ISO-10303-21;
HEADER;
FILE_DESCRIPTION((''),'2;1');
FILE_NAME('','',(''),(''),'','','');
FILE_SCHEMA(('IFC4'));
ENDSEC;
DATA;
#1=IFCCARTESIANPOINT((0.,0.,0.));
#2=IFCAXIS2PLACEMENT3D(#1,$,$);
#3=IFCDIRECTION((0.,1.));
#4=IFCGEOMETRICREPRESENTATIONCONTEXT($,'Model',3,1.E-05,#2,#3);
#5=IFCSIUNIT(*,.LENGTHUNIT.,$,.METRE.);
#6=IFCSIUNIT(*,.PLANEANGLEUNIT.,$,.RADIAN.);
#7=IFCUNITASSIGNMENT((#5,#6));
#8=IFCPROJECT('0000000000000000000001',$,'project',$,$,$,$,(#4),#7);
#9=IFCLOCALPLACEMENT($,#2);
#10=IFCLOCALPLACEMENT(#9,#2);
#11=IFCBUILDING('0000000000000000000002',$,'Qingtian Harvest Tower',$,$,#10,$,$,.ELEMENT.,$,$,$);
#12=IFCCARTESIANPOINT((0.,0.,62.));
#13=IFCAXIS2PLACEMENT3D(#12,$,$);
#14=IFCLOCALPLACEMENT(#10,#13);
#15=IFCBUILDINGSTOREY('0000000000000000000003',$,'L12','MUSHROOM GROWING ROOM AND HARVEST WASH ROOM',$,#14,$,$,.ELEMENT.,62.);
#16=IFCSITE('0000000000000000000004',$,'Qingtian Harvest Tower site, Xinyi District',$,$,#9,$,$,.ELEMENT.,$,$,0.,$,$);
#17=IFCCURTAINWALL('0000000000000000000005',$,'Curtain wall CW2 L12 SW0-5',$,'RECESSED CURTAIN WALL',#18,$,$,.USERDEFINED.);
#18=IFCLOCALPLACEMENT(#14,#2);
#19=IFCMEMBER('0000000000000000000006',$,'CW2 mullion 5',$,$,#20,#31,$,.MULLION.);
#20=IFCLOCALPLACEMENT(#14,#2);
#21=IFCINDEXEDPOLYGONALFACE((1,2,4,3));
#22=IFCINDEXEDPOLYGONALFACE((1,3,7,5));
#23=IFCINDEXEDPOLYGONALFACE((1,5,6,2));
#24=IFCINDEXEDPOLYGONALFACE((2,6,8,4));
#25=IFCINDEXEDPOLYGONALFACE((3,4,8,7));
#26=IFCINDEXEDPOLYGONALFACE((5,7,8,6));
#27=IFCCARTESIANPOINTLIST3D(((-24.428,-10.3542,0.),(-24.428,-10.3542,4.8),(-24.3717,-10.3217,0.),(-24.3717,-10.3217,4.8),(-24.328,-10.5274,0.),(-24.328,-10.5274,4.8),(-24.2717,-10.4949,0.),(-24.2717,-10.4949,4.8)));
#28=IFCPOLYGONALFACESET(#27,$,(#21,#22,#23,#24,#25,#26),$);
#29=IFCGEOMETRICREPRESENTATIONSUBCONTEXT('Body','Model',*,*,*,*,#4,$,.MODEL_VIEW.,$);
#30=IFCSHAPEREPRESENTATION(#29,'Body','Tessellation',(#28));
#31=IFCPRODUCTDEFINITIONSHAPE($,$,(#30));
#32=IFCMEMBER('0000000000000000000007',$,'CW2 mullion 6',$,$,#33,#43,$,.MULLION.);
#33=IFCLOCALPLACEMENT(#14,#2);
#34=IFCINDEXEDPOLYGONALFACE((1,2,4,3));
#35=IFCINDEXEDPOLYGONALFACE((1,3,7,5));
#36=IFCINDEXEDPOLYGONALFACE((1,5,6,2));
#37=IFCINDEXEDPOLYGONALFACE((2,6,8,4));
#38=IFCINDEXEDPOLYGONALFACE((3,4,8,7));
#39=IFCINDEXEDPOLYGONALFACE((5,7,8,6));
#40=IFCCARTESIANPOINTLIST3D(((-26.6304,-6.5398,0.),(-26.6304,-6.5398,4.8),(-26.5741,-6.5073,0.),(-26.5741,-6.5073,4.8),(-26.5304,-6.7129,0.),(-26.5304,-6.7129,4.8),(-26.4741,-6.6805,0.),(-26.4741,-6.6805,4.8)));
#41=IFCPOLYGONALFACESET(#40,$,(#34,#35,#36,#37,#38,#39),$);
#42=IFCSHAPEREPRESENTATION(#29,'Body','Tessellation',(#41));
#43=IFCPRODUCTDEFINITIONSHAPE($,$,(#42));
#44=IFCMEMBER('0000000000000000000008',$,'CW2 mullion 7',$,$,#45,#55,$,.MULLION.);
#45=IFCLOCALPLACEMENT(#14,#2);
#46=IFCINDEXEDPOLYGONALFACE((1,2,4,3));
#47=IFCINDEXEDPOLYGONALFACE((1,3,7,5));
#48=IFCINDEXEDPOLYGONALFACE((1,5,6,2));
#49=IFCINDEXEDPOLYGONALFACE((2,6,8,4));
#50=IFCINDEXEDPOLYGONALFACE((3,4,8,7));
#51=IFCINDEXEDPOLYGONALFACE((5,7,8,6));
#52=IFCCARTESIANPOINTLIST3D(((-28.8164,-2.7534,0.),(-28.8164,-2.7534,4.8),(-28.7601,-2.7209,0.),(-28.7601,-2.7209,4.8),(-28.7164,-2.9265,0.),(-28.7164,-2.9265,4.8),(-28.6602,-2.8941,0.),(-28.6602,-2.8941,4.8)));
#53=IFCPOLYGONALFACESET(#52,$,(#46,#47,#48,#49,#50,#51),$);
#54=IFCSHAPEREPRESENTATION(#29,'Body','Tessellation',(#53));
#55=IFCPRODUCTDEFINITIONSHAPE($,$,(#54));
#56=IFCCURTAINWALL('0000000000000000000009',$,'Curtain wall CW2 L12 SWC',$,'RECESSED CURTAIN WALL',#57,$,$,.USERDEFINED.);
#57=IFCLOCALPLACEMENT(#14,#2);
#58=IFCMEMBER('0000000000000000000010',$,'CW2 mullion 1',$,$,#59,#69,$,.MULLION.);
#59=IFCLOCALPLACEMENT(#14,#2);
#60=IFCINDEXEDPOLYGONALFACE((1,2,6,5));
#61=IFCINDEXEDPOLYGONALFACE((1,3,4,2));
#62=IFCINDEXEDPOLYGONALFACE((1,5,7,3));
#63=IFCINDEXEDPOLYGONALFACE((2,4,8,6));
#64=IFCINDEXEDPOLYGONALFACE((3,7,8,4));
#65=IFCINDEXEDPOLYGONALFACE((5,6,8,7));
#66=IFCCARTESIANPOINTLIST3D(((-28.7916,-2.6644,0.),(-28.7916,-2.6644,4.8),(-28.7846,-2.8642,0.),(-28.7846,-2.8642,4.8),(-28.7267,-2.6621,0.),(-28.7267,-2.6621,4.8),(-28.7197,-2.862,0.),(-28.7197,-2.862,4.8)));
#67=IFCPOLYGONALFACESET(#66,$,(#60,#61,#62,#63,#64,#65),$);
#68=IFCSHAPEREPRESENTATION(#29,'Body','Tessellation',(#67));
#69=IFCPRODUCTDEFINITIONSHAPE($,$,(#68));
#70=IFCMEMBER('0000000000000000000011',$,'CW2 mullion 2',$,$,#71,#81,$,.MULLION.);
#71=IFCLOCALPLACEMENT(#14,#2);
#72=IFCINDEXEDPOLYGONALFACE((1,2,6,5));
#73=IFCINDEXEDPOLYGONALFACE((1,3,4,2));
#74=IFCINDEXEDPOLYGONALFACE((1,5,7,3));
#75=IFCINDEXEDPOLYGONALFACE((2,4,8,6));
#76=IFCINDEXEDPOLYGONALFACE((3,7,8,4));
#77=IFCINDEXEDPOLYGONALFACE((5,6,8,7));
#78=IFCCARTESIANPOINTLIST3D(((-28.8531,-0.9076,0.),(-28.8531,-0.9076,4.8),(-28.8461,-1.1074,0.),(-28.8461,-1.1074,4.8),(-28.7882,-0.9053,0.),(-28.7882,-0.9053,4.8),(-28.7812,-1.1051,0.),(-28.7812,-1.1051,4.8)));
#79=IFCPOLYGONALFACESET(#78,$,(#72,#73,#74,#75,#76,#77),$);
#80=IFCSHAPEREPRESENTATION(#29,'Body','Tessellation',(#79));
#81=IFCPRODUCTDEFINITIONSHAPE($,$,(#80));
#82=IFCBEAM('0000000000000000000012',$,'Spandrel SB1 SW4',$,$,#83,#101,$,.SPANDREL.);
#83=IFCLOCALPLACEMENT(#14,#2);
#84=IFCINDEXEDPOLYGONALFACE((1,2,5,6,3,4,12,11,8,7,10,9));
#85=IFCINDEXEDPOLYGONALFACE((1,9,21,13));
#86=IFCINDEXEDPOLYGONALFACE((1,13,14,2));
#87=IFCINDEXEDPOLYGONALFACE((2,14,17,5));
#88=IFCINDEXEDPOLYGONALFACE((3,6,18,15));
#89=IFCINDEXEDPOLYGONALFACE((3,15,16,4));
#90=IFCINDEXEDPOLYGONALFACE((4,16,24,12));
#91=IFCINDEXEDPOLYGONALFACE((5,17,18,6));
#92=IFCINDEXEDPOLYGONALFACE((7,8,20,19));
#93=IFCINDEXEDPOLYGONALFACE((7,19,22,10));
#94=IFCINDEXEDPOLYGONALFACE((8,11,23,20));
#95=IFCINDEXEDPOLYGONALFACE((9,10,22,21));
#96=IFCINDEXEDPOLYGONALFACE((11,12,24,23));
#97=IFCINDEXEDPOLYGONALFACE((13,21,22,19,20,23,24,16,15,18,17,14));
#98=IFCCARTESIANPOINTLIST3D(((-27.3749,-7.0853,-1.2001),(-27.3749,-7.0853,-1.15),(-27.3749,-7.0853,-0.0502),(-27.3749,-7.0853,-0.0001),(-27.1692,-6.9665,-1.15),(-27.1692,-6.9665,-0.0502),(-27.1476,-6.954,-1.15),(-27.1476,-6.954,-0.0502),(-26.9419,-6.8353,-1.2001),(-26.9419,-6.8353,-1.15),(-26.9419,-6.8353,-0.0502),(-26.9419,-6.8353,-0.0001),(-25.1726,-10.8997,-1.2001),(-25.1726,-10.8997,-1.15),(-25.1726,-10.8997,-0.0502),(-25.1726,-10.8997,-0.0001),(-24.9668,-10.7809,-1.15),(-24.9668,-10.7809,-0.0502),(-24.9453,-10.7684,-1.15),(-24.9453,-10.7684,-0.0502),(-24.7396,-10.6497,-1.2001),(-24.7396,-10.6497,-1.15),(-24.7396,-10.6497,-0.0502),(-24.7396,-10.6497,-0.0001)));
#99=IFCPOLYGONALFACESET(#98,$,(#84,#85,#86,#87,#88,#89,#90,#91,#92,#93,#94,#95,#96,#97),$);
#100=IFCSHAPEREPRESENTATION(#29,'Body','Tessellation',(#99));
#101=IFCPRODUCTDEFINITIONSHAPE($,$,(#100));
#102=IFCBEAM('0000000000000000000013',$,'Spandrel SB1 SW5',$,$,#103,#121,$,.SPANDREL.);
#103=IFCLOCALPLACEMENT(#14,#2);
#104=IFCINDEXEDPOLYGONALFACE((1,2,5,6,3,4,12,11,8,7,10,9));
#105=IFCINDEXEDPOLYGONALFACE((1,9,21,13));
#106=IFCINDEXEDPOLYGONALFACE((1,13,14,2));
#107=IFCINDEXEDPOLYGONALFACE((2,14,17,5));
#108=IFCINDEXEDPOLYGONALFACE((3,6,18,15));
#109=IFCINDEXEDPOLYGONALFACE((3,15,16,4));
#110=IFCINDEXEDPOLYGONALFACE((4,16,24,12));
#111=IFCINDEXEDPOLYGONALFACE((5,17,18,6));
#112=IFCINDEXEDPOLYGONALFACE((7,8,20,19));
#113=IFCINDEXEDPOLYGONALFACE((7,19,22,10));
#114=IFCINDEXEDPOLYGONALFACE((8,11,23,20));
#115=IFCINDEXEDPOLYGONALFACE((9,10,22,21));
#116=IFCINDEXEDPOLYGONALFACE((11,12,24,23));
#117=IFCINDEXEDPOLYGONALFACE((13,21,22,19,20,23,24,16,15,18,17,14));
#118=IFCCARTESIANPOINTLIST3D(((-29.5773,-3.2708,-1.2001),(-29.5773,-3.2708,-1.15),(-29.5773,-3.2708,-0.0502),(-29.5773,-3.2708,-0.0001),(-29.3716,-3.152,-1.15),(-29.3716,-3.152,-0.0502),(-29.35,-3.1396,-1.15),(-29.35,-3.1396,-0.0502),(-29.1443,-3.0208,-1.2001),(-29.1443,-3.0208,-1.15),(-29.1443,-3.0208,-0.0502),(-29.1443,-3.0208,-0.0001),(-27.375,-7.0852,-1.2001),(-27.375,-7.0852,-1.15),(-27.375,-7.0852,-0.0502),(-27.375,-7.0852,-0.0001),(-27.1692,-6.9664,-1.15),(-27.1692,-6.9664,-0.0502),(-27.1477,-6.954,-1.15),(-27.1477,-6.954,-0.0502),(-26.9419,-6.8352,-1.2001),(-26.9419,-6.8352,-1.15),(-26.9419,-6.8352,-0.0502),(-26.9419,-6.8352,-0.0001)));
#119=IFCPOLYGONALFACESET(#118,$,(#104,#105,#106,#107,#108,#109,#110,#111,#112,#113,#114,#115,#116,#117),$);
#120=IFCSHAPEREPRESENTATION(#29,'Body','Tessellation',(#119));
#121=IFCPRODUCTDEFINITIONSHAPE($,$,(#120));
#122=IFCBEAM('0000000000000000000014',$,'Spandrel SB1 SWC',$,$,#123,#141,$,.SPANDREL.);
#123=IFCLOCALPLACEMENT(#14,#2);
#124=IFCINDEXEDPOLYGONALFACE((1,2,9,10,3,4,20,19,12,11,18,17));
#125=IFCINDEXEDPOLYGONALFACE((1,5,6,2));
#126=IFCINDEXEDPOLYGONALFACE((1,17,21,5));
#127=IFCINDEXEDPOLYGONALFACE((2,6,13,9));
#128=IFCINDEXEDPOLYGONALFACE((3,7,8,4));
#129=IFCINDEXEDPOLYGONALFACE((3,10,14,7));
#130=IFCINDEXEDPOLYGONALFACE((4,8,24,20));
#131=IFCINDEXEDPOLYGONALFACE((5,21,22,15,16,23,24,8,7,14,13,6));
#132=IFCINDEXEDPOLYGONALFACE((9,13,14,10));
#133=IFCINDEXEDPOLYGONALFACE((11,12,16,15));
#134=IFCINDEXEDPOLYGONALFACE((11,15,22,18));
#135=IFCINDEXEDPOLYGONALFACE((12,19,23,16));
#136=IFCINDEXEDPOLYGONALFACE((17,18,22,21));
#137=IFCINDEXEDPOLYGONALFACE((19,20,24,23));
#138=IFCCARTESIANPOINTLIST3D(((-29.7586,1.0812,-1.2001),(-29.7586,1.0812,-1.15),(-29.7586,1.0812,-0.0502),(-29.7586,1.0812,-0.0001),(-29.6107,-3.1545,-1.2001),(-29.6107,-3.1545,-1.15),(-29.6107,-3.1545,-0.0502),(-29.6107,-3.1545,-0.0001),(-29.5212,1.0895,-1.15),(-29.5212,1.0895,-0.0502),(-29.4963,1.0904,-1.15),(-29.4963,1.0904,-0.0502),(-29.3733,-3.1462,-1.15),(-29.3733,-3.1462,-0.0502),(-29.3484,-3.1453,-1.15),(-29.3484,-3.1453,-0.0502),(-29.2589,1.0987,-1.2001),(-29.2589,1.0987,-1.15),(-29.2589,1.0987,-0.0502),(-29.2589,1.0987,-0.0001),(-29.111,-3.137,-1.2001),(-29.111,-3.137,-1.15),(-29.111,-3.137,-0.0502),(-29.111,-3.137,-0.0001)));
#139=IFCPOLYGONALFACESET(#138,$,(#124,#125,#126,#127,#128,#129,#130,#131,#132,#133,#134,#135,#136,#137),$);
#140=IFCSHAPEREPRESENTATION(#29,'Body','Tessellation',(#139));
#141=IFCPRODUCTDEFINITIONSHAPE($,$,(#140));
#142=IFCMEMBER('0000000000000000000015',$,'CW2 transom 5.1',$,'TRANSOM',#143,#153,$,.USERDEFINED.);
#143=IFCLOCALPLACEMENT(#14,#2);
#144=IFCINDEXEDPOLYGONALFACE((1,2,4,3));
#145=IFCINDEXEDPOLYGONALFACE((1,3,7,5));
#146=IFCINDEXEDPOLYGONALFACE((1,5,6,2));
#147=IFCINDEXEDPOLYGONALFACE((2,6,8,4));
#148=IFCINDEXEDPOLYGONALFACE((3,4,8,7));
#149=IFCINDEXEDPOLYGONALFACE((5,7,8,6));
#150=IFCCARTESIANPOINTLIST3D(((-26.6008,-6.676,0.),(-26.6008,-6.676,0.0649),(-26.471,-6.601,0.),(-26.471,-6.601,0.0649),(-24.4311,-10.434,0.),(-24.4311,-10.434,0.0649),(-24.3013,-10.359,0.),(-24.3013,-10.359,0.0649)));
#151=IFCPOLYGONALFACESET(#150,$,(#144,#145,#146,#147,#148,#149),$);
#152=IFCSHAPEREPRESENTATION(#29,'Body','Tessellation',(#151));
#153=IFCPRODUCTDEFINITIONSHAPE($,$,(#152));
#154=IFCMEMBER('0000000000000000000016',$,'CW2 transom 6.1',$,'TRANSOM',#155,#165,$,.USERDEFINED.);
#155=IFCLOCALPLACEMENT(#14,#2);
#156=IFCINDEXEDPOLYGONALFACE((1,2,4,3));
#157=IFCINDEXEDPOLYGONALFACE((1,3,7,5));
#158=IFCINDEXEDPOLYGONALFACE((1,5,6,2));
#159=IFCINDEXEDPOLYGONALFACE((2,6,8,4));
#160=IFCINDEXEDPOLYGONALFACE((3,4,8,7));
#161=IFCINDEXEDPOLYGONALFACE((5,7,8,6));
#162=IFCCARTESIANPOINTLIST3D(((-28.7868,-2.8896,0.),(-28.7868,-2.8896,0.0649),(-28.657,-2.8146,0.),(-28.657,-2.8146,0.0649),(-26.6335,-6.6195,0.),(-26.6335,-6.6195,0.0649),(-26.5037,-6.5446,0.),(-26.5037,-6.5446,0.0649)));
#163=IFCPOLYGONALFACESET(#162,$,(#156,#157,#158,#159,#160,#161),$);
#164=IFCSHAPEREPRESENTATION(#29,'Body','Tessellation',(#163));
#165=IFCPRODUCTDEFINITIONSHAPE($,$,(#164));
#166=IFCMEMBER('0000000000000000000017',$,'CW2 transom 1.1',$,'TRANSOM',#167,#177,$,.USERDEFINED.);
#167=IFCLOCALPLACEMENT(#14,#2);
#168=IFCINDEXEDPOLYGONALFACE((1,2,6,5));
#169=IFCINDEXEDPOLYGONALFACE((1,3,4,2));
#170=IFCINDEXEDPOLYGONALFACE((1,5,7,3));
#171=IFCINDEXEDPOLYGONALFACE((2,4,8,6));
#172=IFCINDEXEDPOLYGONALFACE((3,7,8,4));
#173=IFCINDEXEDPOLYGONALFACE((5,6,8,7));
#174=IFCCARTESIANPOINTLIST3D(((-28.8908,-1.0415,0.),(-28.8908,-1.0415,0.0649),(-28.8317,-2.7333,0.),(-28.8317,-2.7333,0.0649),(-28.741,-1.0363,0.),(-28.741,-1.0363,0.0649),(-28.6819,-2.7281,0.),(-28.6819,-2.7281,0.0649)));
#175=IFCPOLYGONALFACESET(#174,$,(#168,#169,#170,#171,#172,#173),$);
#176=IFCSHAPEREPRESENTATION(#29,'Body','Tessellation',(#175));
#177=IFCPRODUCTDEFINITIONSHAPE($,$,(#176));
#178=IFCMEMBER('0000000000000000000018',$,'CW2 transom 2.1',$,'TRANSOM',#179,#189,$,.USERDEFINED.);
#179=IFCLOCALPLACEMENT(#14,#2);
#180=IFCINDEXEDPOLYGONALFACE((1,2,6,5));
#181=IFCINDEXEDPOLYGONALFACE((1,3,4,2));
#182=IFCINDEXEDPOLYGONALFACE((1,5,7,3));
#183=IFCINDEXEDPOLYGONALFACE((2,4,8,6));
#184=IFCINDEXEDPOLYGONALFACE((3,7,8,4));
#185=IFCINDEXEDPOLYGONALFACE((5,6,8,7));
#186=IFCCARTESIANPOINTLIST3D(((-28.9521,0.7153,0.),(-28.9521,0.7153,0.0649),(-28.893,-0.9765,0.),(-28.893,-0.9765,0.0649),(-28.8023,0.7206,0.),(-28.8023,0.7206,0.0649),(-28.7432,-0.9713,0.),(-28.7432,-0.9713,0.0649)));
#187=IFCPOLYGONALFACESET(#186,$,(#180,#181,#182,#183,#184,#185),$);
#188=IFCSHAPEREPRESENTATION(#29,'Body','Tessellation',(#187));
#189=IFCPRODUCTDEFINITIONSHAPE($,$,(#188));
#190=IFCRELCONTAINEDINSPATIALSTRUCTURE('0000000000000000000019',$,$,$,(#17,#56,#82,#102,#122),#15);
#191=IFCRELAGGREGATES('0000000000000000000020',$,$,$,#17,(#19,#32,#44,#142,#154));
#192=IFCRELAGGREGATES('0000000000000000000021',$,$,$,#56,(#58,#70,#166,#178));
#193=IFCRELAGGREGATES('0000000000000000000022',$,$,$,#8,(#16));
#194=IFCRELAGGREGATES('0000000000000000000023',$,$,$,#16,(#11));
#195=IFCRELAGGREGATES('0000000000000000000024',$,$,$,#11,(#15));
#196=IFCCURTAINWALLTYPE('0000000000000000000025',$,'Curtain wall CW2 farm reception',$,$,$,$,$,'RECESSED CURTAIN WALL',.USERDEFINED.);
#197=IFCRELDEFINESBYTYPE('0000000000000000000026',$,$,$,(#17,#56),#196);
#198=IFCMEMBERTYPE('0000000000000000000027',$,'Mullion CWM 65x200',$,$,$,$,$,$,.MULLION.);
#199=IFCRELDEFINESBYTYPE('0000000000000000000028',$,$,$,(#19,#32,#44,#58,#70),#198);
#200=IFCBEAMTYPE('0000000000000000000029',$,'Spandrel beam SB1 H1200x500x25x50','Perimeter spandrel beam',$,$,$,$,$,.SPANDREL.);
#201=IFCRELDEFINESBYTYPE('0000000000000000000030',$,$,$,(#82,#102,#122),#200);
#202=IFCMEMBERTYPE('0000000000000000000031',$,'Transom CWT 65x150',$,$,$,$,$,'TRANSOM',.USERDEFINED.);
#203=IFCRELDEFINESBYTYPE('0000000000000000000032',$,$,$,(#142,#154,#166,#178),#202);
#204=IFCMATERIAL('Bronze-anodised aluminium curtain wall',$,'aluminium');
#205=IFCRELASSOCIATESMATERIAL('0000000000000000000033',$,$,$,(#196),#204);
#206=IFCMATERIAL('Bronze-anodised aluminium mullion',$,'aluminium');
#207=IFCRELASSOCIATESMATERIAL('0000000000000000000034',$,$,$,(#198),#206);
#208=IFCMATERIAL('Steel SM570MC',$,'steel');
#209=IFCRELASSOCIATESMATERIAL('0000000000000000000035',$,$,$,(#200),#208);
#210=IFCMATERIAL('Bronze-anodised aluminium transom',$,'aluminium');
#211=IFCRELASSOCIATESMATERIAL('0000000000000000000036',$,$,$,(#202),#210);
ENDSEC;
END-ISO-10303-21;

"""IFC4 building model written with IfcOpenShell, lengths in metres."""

from ifc_helpers import new_model, si_unit, direction, frame, origin, origin_2d, place, context, subcontext, project, spatial, rectangle, i_section, extrude, material, material_profile, profile_set, type_object, element, aggregate, save


model = new_model("IFC4")

# Units and contexts
model_context = context("Model", 3, precision=1e-05, world=origin(), true_north=direction((0.0, 1.0)))
body_context = subcontext(model_context, "Body", "Model", "MODEL_VIEW")
ifc_project = project(units=[si_unit("LENGTHUNIT", "METRE"), si_unit("PLANEANGLEUNIT", "RADIAN")], contexts=[model_context])

# Site, building, storey
site_placement = place(None, origin())
site = spatial("IfcSite", under=ifc_project, at=site_placement, Name="Qingtian Harvest Tower site, Xinyi District", CompositionType="ELEMENT", RefElevation=0.0)
building_placement = place(site_placement, origin())
building = spatial("IfcBuilding", under=site, at=building_placement, Name="Qingtian Harvest Tower", CompositionType="ELEMENT")
storey_placement = place(building_placement, frame((0.0, 0.0, 62.0)))
storey = spatial("IfcBuildingStorey", under=building, at=storey_placement, Name="L12", Description="MUSHROOM GROWING ROOM AND HARVEST WASH ROOM", CompositionType="ELEMENT", Elevation=62.0)

# Curtain walls, members
ifc_material_1 = material(Name="Bronze-anodised aluminium curtain wall", Category="aluminium")
curtain_wall_type = type_object("IfcCurtainWallType", Name="Curtain wall CW2 farm reception", ElementType="RECESSED CURTAIN WALL", PredefinedType="USERDEFINED", material=ifc_material_1)
curtain_wall_1_placement = place(storey_placement, origin())
curtain_wall_1 = element("IfcCurtainWall", 1, at=curtain_wall_1_placement, inside=storey, type_object=curtain_wall_type, Name="Curtain wall CW2 L12 SW0-5", ObjectType="RECESSED CURTAIN WALL", PredefinedType="USERDEFINED")
ifc_material_2 = material(Name="Bronze-anodised aluminium mullion", Category="aluminium")
ifc_material_profile_1 = material_profile(ifc_material_2, rectangle(XDim=0.0649, YDim=0.2, at=origin_2d()), Name="AL 65x200")
ifc_profile_set_1 = profile_set([ifc_material_profile_1], Name="Bronze-anodised aluminium mullion")
member_type_1 = type_object("IfcMemberType", Name="Mullion CWM 65x200", PredefinedType="MULLION", material=ifc_profile_set_1)
member_1_placement = place(storey_placement, frame((-24.3499, -10.4246, 0.0), z_axis=(0.0, 0.0, 1.0), x_axis=(-0.866025, -0.5, 0.0)))
member_1 = element("IfcMember", 2, at=member_1_placement, type_object=member_type_1, Name="CW2 mullion 5", PredefinedType="MULLION", context=body_context, shape_type="SweptSolid", body=[
    extrude(rectangle(XDim=0.0649, YDim=0.2, at=origin_2d()), origin(), (0.0, 0.0, 1.0), 4.8),
])
member_2_placement = place(storey_placement, frame((-26.5522, -6.6101, 0.0), z_axis=(0.0, 0.0, 1.0), x_axis=(-0.866025, -0.5, 0.0)))
member_2 = element("IfcMember", 3, at=member_2_placement, type_object=member_type_1, Name="CW2 mullion 6", PredefinedType="MULLION", context=body_context, shape_type="SweptSolid", body=[
    extrude(rectangle(XDim=0.0649, YDim=0.2, at=origin_2d()), origin(), (0.0, 0.0, 1.0), 4.8),
])
member_3_placement = place(storey_placement, frame((-28.7383, -2.8237, 0.0), z_axis=(0.0, 0.0, 1.0), x_axis=(-0.866025, -0.5, 0.0)))
member_3 = element("IfcMember", 4, at=member_3_placement, type_object=member_type_1, Name="CW2 mullion 7", PredefinedType="MULLION", context=body_context, shape_type="SweptSolid", body=[
    extrude(rectangle(XDim=0.0649, YDim=0.2, at=origin_2d()), origin(), (0.0, 0.0, 1.0), 4.8),
])
curtain_wall_2_placement = place(storey_placement, origin())
curtain_wall_2 = element("IfcCurtainWall", 5, at=curtain_wall_2_placement, inside=storey, type_object=curtain_wall_type, Name="Curtain wall CW2 L12 SWC", ObjectType="RECESSED CURTAIN WALL", PredefinedType="USERDEFINED")
member_4_placement = place(storey_placement, frame((-28.7556, -2.7632, 0.0), z_axis=(0.0, 0.0, 1.0), x_axis=(-0.999391, -0.034899, 0.0)))
member_4 = element("IfcMember", 6, at=member_4_placement, type_object=member_type_1, Name="CW2 mullion 1", PredefinedType="MULLION", context=body_context, shape_type="SweptSolid", body=[
    extrude(rectangle(XDim=0.0649, YDim=0.2, at=origin_2d()), origin(), (0.0, 0.0, 1.0), 4.8),
])
member_5_placement = place(storey_placement, frame((-28.8171, -1.0063, 0.0), z_axis=(0.0, 0.0, 1.0), x_axis=(-0.999391, -0.034899, 0.0)))
member_5 = element("IfcMember", 7, at=member_5_placement, type_object=member_type_1, Name="CW2 mullion 2", PredefinedType="MULLION", context=body_context, shape_type="SweptSolid", body=[
    extrude(rectangle(XDim=0.0649, YDim=0.2, at=origin_2d()), origin(), (0.0, 0.0, 1.0), 4.8),
])

# Beams
ifc_material_3 = material(Name="Steel SM570MC", Category="steel")
ifc_material_profile_2 = material_profile(ifc_material_3, i_section(OverallWidth=0.5, OverallDepth=1.2, WebThickness=0.0249, FlangeThickness=0.05, at=origin_2d()), Name="H1200x500x25x50")
ifc_profile_set_2 = profile_set([ifc_material_profile_2], Name="Steel SM570MC")
beam_type_1 = type_object("IfcBeamType", Name="Spandrel beam SB1 H1200x500x25x50", Description="Perimeter spandrel beam", PredefinedType="SPANDREL", material=ifc_profile_set_2)
for number, where, z_axis, x_axis, name in (
    (8, (-24.9561, -10.7747, -0.6001), (-0.50002, 0.866014, 0.0), (-0.866014, -0.50002, 0.0), "Spandrel SB1 SW4"),
    (9, (-27.1584, -6.9602, -0.6001), (-0.50002, 0.866014, 0.0), (-0.866014, -0.50002, 0.0), "Spandrel SB1 SW5"),
):
    element("IfcBeam", number, at=place(storey_placement, frame(where, z_axis=z_axis, x_axis=x_axis)), inside=storey, type_object=beam_type_1, Name=name, PredefinedType="SPANDREL", context=body_context, shape_type="SweptSolid", body=[
        extrude(i_section(OverallWidth=0.5, OverallDepth=1.2, WebThickness=0.0249, FlangeThickness=0.05, at=origin_2d()), origin(), (0.0, 0.0, 1.0), 4.4045),
    ])
beam_1_placement = place(storey_placement, frame((-29.3608, -3.1458, -0.6001), z_axis=(-0.034909, 0.999391, 0.0), x_axis=(-0.999391, -0.034909, 0.0)))
element("IfcBeam", 10, at=beam_1_placement, inside=storey, type_object=beam_type_1, Name="Spandrel SB1 SWC", PredefinedType="SPANDREL", context=body_context, shape_type="SweptSolid", body=[
    extrude(i_section(OverallWidth=0.5, OverallDepth=1.2, WebThickness=0.0249, FlangeThickness=0.05, at=origin_2d()), origin(), (0.0, 0.0, 1.0), 4.2383),
])

# Members
ifc_material_4 = material(Name="Bronze-anodised aluminium transom", Category="aluminium")
ifc_material_profile_3 = material_profile(ifc_material_4, rectangle(XDim=0.1499, YDim=0.0649, at=origin_2d()), Name="AL 65x150")
ifc_profile_set_3 = profile_set([ifc_material_profile_3], Name="Bronze-anodised aluminium transom")
member_type_2 = type_object("IfcMemberType", Name="Transom CWT 65x150", ElementType="TRANSOM", PredefinedType="USERDEFINED", material=ifc_profile_set_3)
member_6_placement = place(storey_placement, frame((-24.3662, -10.3965, 0.0325), z_axis=(-0.499994, 0.866029, 0.0), x_axis=(-0.866029, -0.499994, 0.0)))
member_6 = element("IfcMember", 11, at=member_6_placement, type_object=member_type_2, Name="CW2 transom 5.1", ObjectType="TRANSOM", PredefinedType="USERDEFINED", context=body_context, shape_type="SweptSolid", body=[
    extrude(rectangle(XDim=0.1499, YDim=0.0649, at=origin_2d()), origin(), (0.0, 0.0, 1.0), 4.3394),
])
member_7_placement = place(storey_placement, frame((-26.5686, -6.582, 0.0325), z_axis=(-0.499968, 0.866044, 0.0), x_axis=(-0.866044, -0.499968, 0.0)))
member_7 = element("IfcMember", 12, at=member_7_placement, type_object=member_type_2, Name="CW2 transom 6.1", ObjectType="TRANSOM", PredefinedType="USERDEFINED", context=body_context, shape_type="SweptSolid", body=[
    extrude(rectangle(XDim=0.1499, YDim=0.0649, at=origin_2d()), origin(), (0.0, 0.0, 1.0), 4.3069),
])
member_8_placement = place(storey_placement, frame((-28.7568, -2.7307, 0.0325), z_axis=(-0.034899, 0.999391, 0.0), x_axis=(-0.999391, -0.034899, 0.0)))
member_8 = element("IfcMember", 13, at=member_8_placement, type_object=member_type_2, Name="CW2 transom 1.1", ObjectType="TRANSOM", PredefinedType="USERDEFINED", context=body_context, shape_type="SweptSolid", body=[
    extrude(rectangle(XDim=0.1499, YDim=0.0649, at=origin_2d()), origin(), (0.0, 0.0, 1.0), 1.6929),
])
member_9_placement = place(storey_placement, frame((-28.8181, -0.9739, 0.0325), z_axis=(-0.034899, 0.999391, 0.0), x_axis=(-0.999391, -0.034899, 0.0)))
member_9 = element("IfcMember", 14, at=member_9_placement, type_object=member_type_2, Name="CW2 transom 2.1", ObjectType="TRANSOM", PredefinedType="USERDEFINED", context=body_context, shape_type="SweptSolid", body=[
    extrude(rectangle(XDim=0.1499, YDim=0.0649, at=origin_2d()), origin(), (0.0, 0.0, 1.0), 1.6929),
])

aggregate(curtain_wall_1, [member_1, member_2, member_3, member_6, member_7])
aggregate(curtain_wall_2, [member_4, member_5, member_8, member_9])

save(model, "model.ifc")
